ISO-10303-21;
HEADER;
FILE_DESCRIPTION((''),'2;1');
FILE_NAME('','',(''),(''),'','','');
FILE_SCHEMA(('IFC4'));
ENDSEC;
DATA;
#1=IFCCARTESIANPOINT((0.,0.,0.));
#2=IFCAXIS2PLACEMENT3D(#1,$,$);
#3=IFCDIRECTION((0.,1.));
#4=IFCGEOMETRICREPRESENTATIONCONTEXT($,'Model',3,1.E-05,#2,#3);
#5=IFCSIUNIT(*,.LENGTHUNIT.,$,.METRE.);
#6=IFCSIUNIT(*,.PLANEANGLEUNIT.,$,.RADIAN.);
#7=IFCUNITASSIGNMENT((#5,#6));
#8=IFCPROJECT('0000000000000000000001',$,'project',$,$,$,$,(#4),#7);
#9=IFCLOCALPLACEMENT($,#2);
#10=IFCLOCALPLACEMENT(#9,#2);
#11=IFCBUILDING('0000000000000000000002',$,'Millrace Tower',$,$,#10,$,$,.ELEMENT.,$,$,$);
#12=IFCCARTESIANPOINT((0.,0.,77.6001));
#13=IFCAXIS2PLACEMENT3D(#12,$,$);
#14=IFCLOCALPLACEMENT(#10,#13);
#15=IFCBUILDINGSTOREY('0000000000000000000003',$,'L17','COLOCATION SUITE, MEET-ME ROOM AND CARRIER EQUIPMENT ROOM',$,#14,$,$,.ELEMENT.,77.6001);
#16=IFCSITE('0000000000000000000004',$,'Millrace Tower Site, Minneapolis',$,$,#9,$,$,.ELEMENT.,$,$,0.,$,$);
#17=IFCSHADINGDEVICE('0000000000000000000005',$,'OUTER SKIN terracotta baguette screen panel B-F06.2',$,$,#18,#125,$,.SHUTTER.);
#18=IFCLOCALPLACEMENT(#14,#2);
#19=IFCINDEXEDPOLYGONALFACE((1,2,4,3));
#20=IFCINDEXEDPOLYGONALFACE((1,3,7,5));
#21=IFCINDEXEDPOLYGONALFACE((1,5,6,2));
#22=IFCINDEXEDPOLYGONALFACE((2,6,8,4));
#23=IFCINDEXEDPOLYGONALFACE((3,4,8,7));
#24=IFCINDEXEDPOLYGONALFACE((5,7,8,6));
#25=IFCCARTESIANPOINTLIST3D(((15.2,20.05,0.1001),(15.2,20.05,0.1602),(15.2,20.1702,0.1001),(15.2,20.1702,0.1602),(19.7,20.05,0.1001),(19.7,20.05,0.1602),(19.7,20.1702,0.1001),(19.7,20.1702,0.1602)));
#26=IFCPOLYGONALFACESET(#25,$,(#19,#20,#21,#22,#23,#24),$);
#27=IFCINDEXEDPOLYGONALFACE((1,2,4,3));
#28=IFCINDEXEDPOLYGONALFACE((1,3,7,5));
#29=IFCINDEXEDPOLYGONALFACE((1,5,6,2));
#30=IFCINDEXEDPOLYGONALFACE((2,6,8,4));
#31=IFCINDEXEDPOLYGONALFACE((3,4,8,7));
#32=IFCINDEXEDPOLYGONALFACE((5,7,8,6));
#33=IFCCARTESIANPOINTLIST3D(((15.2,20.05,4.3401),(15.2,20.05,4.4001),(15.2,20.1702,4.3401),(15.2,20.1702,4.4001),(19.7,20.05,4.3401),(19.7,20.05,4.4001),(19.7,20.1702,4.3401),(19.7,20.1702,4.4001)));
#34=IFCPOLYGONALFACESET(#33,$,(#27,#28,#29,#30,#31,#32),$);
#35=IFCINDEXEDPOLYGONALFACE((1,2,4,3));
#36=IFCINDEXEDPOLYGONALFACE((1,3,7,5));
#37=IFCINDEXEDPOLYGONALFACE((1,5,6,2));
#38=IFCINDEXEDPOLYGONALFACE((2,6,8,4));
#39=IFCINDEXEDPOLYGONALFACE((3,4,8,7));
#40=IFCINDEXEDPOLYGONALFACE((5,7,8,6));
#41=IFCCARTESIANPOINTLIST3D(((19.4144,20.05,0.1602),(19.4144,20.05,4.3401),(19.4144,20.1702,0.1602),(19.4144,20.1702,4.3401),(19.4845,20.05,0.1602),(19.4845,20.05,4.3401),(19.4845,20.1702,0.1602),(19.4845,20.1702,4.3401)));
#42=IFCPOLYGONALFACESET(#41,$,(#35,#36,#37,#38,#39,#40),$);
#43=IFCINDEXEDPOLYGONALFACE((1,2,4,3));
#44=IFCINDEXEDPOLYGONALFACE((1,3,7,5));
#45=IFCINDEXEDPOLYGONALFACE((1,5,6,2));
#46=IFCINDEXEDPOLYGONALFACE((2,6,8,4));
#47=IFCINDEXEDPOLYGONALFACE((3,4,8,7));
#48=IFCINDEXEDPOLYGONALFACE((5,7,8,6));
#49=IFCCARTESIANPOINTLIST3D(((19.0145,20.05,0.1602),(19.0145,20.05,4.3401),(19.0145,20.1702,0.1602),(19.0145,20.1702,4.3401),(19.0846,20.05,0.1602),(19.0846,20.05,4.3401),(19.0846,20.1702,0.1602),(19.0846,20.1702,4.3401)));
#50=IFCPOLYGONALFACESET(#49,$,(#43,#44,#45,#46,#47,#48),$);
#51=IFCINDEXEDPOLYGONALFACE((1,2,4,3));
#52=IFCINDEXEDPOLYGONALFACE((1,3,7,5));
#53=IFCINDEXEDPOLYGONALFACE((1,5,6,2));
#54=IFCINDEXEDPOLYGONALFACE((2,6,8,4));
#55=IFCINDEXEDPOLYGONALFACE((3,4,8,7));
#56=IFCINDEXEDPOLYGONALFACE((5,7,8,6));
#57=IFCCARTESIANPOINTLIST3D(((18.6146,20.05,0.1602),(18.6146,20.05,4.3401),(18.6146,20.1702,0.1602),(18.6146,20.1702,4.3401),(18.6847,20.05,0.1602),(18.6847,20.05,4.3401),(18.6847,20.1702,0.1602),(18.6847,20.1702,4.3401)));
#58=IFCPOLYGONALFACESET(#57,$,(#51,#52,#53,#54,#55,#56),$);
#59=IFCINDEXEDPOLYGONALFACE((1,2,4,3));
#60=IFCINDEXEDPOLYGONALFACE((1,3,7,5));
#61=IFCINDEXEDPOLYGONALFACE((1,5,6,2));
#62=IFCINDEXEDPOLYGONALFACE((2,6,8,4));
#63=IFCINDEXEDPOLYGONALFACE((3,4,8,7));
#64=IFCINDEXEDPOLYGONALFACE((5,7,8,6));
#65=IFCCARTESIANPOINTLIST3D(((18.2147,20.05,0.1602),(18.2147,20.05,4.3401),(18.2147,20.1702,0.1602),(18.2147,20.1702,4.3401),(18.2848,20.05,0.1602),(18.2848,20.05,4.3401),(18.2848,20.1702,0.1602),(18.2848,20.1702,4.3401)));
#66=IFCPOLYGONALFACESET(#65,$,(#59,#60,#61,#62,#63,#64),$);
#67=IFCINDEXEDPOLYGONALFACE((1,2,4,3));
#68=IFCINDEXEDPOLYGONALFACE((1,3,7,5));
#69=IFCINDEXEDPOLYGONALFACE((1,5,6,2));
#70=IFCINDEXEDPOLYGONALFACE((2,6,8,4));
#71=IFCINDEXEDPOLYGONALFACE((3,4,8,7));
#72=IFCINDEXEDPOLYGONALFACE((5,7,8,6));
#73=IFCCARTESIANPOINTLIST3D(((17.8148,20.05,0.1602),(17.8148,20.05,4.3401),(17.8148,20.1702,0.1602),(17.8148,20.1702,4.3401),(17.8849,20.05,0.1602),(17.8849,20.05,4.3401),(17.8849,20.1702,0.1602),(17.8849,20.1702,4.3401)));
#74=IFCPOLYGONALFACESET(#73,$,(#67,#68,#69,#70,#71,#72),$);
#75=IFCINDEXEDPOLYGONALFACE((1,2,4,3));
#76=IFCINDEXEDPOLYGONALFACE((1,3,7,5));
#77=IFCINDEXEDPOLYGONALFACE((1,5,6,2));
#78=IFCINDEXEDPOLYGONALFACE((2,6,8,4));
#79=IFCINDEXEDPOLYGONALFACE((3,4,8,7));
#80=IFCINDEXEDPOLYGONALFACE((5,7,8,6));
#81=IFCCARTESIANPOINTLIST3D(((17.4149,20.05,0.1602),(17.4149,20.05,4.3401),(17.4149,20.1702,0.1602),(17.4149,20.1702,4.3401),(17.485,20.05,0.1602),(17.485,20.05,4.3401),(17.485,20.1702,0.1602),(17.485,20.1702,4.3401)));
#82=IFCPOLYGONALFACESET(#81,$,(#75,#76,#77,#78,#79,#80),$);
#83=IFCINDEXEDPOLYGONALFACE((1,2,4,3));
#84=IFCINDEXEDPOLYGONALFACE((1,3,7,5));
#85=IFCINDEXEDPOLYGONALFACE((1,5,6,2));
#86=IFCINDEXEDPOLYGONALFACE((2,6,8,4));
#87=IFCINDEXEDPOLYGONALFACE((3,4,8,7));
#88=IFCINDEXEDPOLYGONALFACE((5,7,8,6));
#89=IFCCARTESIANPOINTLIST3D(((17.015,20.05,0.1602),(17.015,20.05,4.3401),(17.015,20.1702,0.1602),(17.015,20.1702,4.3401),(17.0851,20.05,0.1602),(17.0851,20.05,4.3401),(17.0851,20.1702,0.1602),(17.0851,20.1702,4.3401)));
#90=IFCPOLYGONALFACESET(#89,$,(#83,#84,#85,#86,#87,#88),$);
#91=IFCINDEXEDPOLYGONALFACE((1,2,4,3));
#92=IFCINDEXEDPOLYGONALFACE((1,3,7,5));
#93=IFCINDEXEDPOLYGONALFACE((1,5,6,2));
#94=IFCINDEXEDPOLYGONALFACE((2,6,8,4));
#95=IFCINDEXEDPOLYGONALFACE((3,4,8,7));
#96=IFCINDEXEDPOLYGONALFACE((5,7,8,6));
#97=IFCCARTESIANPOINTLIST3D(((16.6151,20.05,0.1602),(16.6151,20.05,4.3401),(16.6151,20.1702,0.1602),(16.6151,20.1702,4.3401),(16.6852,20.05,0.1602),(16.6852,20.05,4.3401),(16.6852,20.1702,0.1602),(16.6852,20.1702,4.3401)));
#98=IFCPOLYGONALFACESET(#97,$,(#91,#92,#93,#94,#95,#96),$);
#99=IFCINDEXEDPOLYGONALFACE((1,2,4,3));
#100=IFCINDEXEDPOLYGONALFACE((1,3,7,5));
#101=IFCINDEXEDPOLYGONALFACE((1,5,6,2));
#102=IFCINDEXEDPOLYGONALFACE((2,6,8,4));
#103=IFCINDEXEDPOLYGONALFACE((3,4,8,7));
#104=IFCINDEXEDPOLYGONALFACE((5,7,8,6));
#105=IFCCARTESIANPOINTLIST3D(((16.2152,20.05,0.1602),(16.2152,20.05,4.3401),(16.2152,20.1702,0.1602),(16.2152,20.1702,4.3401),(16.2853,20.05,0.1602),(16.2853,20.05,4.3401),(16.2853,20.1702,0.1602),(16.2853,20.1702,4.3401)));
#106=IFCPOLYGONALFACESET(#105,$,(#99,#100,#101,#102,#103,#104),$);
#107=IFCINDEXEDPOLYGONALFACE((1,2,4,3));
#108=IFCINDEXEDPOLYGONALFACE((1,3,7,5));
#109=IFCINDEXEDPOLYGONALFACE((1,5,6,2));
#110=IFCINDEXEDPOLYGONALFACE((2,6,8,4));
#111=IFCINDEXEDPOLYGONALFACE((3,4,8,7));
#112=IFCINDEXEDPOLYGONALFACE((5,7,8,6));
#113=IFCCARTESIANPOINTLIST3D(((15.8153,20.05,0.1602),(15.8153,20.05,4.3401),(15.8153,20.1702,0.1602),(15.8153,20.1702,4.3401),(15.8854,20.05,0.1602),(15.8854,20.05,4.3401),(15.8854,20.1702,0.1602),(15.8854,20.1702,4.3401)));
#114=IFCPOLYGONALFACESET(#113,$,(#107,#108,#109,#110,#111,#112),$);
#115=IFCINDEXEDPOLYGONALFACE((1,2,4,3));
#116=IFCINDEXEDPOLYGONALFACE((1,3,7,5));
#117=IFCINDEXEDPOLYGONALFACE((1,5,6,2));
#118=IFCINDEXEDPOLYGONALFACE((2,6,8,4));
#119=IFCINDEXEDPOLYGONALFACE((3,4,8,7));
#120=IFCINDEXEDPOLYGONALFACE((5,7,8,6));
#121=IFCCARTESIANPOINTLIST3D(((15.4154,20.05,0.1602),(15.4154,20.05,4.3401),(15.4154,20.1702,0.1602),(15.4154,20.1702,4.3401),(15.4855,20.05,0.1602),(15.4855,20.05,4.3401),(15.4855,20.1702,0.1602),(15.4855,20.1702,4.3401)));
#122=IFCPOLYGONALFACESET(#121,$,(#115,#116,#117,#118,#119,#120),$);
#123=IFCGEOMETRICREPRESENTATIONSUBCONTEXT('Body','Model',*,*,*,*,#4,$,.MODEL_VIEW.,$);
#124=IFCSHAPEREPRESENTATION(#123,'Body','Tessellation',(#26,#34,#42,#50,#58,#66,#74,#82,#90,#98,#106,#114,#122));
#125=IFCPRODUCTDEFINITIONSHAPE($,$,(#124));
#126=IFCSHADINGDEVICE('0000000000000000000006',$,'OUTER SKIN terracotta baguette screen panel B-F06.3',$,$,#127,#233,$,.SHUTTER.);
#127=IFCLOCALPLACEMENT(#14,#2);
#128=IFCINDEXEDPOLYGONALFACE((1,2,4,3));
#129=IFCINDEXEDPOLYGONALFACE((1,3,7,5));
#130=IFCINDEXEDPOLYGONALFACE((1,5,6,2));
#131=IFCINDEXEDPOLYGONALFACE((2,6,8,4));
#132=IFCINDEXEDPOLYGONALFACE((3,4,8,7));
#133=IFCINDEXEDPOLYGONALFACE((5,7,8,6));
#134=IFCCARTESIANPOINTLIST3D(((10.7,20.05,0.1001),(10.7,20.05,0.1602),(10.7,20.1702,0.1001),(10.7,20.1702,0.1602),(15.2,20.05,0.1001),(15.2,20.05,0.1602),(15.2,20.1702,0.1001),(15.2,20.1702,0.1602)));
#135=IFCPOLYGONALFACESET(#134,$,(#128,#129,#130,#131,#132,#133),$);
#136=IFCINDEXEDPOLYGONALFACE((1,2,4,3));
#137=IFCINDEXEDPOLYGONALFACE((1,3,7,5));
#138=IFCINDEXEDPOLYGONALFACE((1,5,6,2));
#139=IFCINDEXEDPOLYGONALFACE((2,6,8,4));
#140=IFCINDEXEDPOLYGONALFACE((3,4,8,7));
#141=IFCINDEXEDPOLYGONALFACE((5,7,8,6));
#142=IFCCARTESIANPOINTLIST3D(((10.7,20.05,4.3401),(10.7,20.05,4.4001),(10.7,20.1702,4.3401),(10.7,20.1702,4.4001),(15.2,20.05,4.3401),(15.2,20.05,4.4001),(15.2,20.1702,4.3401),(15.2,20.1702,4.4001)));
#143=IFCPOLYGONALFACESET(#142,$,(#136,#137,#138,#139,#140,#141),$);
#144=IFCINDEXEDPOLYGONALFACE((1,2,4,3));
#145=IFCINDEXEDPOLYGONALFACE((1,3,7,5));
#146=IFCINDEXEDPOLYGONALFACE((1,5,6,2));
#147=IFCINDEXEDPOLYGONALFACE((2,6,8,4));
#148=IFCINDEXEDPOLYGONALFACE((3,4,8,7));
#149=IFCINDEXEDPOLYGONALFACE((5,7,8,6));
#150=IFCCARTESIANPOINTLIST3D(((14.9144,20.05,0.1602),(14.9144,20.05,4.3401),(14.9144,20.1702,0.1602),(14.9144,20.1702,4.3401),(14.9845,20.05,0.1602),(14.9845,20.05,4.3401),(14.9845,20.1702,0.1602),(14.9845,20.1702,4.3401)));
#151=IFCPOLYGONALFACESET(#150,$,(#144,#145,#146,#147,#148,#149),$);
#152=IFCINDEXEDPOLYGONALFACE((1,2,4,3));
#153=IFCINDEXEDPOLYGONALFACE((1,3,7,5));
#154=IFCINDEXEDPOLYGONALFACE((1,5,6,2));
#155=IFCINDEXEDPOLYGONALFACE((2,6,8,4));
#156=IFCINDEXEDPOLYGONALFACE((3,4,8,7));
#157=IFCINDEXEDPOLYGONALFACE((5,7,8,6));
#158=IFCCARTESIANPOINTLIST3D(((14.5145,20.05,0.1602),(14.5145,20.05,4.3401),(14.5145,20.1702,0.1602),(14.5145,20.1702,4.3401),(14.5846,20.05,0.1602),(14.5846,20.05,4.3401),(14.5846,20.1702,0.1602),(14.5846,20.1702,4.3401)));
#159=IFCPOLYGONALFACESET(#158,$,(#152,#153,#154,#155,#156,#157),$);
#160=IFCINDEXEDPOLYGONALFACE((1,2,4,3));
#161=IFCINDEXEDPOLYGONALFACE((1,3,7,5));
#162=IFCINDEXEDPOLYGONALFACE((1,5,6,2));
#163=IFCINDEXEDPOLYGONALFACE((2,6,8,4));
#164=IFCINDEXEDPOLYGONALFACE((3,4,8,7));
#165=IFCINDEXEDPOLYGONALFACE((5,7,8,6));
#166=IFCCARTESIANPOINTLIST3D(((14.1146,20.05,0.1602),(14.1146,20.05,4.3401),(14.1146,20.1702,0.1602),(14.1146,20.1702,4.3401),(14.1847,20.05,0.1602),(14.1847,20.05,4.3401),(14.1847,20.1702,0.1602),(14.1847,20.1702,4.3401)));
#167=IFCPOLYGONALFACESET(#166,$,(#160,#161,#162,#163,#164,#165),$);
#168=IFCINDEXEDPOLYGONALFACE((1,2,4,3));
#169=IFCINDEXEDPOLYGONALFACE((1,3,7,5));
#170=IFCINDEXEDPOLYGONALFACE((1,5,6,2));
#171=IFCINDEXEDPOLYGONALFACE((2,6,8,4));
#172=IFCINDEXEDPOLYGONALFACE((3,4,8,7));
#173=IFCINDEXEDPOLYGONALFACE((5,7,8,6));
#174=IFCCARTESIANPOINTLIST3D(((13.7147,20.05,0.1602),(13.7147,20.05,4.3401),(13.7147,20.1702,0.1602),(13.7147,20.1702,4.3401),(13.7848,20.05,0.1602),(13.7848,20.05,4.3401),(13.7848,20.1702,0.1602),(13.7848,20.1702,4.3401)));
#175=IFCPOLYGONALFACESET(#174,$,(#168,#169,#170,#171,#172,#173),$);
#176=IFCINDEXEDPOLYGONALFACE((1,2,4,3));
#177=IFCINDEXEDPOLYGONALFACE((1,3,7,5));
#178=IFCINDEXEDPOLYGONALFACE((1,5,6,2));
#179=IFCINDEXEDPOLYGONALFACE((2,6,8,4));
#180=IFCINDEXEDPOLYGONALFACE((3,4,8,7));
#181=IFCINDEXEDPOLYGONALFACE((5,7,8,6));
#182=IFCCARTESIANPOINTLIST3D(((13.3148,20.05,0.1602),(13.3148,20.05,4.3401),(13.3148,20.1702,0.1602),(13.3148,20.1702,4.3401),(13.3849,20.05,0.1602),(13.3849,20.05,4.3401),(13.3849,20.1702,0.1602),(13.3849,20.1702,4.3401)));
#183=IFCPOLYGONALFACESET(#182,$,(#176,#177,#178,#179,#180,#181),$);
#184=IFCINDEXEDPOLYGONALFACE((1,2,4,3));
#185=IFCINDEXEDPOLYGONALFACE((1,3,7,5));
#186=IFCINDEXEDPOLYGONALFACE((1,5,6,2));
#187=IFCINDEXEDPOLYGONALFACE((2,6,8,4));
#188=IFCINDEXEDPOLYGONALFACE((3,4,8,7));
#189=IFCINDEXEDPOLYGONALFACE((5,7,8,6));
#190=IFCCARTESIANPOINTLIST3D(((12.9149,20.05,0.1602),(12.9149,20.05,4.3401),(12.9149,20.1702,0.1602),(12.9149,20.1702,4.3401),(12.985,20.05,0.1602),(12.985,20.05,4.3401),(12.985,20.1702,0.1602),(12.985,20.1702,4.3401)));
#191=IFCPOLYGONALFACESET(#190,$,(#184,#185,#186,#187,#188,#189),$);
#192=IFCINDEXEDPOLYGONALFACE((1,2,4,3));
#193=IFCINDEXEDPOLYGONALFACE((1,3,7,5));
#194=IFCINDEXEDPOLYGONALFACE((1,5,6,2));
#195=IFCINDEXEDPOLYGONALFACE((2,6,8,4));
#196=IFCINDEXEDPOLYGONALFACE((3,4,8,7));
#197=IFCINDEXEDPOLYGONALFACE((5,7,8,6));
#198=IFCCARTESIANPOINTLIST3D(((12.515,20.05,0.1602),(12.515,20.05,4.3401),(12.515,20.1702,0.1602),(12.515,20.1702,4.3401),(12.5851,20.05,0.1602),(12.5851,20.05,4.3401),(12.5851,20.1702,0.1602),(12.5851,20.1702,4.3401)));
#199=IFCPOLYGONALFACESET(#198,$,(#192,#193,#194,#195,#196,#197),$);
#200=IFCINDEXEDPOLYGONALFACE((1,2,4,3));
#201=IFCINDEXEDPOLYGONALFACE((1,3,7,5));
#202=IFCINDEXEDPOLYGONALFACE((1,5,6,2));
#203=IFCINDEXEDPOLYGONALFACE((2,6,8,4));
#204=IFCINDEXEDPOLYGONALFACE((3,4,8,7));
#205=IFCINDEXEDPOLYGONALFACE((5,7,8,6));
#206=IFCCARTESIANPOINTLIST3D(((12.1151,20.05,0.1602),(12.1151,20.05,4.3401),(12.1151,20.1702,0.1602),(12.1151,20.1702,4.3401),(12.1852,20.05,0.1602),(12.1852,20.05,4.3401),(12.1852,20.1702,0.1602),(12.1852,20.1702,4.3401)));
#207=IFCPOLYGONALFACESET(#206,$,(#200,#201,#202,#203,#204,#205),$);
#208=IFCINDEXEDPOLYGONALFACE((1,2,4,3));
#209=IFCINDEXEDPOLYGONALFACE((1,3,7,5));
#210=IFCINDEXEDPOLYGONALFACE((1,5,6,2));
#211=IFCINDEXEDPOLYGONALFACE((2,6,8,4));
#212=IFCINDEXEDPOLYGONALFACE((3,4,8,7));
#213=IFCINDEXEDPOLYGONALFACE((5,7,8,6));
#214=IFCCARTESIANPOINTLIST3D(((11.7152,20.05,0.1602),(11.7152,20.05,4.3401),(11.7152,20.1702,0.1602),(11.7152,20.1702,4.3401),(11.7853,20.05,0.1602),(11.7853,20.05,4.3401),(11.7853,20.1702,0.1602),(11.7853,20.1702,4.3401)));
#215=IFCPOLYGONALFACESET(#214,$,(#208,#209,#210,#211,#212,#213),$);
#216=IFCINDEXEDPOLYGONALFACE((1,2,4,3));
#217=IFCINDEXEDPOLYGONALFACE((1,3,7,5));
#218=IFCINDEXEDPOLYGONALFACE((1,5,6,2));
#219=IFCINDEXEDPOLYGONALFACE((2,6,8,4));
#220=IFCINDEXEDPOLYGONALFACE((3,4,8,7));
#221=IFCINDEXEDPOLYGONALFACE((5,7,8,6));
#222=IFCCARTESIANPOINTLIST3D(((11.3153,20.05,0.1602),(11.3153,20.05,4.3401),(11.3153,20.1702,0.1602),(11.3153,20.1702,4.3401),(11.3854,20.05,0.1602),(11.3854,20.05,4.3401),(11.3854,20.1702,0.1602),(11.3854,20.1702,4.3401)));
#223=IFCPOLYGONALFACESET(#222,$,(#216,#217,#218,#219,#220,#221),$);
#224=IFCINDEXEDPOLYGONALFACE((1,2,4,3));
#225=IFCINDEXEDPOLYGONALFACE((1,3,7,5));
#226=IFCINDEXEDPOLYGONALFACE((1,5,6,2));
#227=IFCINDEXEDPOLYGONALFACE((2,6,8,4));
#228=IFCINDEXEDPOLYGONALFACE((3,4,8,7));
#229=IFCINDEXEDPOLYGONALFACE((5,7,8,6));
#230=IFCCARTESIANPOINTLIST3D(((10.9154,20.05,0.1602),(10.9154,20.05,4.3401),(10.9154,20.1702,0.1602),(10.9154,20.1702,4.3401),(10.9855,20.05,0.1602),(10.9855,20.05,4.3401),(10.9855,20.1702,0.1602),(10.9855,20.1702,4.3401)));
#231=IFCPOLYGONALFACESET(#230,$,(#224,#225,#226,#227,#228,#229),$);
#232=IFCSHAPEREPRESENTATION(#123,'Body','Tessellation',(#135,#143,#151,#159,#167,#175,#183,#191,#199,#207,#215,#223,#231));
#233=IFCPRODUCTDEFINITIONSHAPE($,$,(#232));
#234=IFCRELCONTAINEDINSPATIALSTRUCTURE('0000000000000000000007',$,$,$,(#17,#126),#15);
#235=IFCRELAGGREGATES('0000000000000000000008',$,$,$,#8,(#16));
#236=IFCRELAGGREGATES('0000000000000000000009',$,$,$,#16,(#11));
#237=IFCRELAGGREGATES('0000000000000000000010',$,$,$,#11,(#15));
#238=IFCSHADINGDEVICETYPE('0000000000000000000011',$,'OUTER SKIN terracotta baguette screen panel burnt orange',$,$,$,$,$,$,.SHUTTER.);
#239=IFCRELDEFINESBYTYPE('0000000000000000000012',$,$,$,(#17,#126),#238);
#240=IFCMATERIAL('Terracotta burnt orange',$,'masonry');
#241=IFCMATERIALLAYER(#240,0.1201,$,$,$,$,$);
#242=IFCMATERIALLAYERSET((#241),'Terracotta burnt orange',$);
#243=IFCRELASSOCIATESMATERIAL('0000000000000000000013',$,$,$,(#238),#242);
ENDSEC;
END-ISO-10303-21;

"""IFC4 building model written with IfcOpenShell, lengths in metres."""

from ifc_helpers import new_model, entity, si_unit, direction, frame, frame_2d, origin, origin_2d, place, context, subcontext, project, spatial, rectangle, extrude, source, transform, mapped, material, layer, layer_set, type_object, element, save


model = new_model("IFC4")

# Units and contexts
model_context = context("Model", 3, precision=1e-05, world=origin(), true_north=direction((0.0, 1.0)))
body_context = subcontext(model_context, "Body", "Model", "MODEL_VIEW")
ifc_project = project(units=[si_unit("LENGTHUNIT", "METRE"), si_unit("PLANEANGLEUNIT", "RADIAN")], contexts=[model_context])

# Site, building, storey
site_placement = place(None, origin())
site = spatial("IfcSite", under=ifc_project, at=site_placement, Name="Millrace Tower Site, Minneapolis", CompositionType="ELEMENT", RefElevation=0.0)
building_placement = place(site_placement, origin())
building = spatial("IfcBuilding", under=site, at=building_placement, Name="Millrace Tower", CompositionType="ELEMENT")
storey_placement = place(building_placement, frame((0.0, 0.0, 77.6001)))
storey = spatial("IfcBuildingStorey", under=building, at=storey_placement, Name="L17", Description="COLOCATION SUITE, MEET-ME ROOM AND CARRIER EQUIPMENT ROOM", CompositionType="ELEMENT", Elevation=77.6001)

# Shading devices
ifc_material_1 = material(Name="Terracotta burnt orange", Category="masonry")
ifc_layer_1 = layer(ifc_material_1, 0.1201)
ifc_layer_set_1 = layer_set([ifc_layer_1], Name="Terracotta burnt orange")
shading_device_type = type_object("IfcShadingDeviceType", Name="OUTER SKIN terracotta baguette screen panel burnt orange", PredefinedType="SHUTTER", material=ifc_layer_set_1)
cartesian_point_1 = entity("IfcCartesianPoint", [-2.25, 0.0601])
shared_polyline_1 = entity("IfcPolyline", [cartesian_point_1, entity("IfcCartesianPoint", [2.25, 0.0601]), entity("IfcCartesianPoint", [2.25, -0.0601]), entity("IfcCartesianPoint", [-2.25, -0.0601]), cartesian_point_1])
shared_shape_1 = source(origin(), body_context, "Body", "SweptSolid", [
    entity("IfcExtrudedAreaSolid", entity("IfcArbitraryClosedProfileDef", "AREA", None, shared_polyline_1), entity("IfcAxis2Placement3D", entity("IfcCartesianPoint", [0.0, 0.0, 0.0])), entity("IfcDirection", [0.0, 0.0, 1.0]), 0.0601),
    entity("IfcExtrudedAreaSolid", entity("IfcArbitraryClosedProfileDef", "AREA", None, shared_polyline_1), entity("IfcAxis2Placement3D", entity("IfcCartesianPoint", [0.0, 0.0, 4.24])), entity("IfcDirection", [0.0, 0.0, 1.0]), 0.0601),
    extrude(rectangle(XDim=0.0701, YDim=0.1201, at=frame_2d((-1.9995, 0.0))), frame((0.0, 0.0, 0.0601)), (0.0, 0.0, 1.0), 4.1799),
    extrude(rectangle(XDim=0.0701, YDim=0.1201, at=frame_2d((-1.5996, 0.0))), frame((0.0, 0.0, 0.0601)), (0.0, 0.0, 1.0), 4.1799),
    extrude(rectangle(XDim=0.0701, YDim=0.1201, at=frame_2d((-1.1997, 0.0))), frame((0.0, 0.0, 0.0601)), (0.0, 0.0, 1.0), 4.1799),
    extrude(rectangle(XDim=0.0701, YDim=0.1201, at=frame_2d((-0.7998, 0.0))), frame((0.0, 0.0, 0.0601)), (0.0, 0.0, 1.0), 4.1799),
    extrude(rectangle(XDim=0.0701, YDim=0.1201, at=frame_2d((-0.3999, 0.0))), frame((0.0, 0.0, 0.0601)), (0.0, 0.0, 1.0), 4.1799),
    extrude(rectangle(XDim=0.0701, YDim=0.1201, at=origin_2d()), frame((0.0, 0.0, 0.0601)), (0.0, 0.0, 1.0), 4.1799),
    extrude(rectangle(XDim=0.0701, YDim=0.1201, at=frame_2d((0.3999, 0.0))), frame((0.0, 0.0, 0.0601)), (0.0, 0.0, 1.0), 4.1799),
    extrude(rectangle(XDim=0.0701, YDim=0.1201, at=frame_2d((0.7998, 0.0))), frame((0.0, 0.0, 0.0601)), (0.0, 0.0, 1.0), 4.1799),
    extrude(rectangle(XDim=0.0701, YDim=0.1201, at=frame_2d((1.1997, 0.0))), frame((0.0, 0.0, 0.0601)), (0.0, 0.0, 1.0), 4.1799),
    extrude(rectangle(XDim=0.0701, YDim=0.1201, at=frame_2d((1.5996, 0.0))), frame((0.0, 0.0, 0.0601)), (0.0, 0.0, 1.0), 4.1799),
    extrude(rectangle(XDim=0.0701, YDim=0.1201, at=frame_2d((1.9995, 0.0))), frame((0.0, 0.0, 0.0601)), (0.0, 0.0, 1.0), 4.1799),
])
for number, where, z_axis, x_axis, name in (
    (1, (17.45, 20.1101, 0.1001), (0.0, 0.0, 1.0), (-1.0, 0.0, 0.0), "OUTER SKIN terracotta baguette screen panel B-F06.2"),
    (2, (12.95, 20.1101, 0.1001), (0.0, 0.0, 1.0), (-1.0, 0.0, 0.0), "OUTER SKIN terracotta baguette screen panel B-F06.3"),
):
    element("IfcShadingDevice", number, at=place(storey_placement, frame(where, z_axis=z_axis, x_axis=x_axis)), inside=storey, type_object=shading_device_type, Name=name, PredefinedType="SHUTTER", context=body_context, shape_type="MappedRepresentation", body=[
        mapped(shared_shape_1, transform((0.0, 0.0, 0.0), scale=1.0)),
    ])

save(model, "model.ifc")
